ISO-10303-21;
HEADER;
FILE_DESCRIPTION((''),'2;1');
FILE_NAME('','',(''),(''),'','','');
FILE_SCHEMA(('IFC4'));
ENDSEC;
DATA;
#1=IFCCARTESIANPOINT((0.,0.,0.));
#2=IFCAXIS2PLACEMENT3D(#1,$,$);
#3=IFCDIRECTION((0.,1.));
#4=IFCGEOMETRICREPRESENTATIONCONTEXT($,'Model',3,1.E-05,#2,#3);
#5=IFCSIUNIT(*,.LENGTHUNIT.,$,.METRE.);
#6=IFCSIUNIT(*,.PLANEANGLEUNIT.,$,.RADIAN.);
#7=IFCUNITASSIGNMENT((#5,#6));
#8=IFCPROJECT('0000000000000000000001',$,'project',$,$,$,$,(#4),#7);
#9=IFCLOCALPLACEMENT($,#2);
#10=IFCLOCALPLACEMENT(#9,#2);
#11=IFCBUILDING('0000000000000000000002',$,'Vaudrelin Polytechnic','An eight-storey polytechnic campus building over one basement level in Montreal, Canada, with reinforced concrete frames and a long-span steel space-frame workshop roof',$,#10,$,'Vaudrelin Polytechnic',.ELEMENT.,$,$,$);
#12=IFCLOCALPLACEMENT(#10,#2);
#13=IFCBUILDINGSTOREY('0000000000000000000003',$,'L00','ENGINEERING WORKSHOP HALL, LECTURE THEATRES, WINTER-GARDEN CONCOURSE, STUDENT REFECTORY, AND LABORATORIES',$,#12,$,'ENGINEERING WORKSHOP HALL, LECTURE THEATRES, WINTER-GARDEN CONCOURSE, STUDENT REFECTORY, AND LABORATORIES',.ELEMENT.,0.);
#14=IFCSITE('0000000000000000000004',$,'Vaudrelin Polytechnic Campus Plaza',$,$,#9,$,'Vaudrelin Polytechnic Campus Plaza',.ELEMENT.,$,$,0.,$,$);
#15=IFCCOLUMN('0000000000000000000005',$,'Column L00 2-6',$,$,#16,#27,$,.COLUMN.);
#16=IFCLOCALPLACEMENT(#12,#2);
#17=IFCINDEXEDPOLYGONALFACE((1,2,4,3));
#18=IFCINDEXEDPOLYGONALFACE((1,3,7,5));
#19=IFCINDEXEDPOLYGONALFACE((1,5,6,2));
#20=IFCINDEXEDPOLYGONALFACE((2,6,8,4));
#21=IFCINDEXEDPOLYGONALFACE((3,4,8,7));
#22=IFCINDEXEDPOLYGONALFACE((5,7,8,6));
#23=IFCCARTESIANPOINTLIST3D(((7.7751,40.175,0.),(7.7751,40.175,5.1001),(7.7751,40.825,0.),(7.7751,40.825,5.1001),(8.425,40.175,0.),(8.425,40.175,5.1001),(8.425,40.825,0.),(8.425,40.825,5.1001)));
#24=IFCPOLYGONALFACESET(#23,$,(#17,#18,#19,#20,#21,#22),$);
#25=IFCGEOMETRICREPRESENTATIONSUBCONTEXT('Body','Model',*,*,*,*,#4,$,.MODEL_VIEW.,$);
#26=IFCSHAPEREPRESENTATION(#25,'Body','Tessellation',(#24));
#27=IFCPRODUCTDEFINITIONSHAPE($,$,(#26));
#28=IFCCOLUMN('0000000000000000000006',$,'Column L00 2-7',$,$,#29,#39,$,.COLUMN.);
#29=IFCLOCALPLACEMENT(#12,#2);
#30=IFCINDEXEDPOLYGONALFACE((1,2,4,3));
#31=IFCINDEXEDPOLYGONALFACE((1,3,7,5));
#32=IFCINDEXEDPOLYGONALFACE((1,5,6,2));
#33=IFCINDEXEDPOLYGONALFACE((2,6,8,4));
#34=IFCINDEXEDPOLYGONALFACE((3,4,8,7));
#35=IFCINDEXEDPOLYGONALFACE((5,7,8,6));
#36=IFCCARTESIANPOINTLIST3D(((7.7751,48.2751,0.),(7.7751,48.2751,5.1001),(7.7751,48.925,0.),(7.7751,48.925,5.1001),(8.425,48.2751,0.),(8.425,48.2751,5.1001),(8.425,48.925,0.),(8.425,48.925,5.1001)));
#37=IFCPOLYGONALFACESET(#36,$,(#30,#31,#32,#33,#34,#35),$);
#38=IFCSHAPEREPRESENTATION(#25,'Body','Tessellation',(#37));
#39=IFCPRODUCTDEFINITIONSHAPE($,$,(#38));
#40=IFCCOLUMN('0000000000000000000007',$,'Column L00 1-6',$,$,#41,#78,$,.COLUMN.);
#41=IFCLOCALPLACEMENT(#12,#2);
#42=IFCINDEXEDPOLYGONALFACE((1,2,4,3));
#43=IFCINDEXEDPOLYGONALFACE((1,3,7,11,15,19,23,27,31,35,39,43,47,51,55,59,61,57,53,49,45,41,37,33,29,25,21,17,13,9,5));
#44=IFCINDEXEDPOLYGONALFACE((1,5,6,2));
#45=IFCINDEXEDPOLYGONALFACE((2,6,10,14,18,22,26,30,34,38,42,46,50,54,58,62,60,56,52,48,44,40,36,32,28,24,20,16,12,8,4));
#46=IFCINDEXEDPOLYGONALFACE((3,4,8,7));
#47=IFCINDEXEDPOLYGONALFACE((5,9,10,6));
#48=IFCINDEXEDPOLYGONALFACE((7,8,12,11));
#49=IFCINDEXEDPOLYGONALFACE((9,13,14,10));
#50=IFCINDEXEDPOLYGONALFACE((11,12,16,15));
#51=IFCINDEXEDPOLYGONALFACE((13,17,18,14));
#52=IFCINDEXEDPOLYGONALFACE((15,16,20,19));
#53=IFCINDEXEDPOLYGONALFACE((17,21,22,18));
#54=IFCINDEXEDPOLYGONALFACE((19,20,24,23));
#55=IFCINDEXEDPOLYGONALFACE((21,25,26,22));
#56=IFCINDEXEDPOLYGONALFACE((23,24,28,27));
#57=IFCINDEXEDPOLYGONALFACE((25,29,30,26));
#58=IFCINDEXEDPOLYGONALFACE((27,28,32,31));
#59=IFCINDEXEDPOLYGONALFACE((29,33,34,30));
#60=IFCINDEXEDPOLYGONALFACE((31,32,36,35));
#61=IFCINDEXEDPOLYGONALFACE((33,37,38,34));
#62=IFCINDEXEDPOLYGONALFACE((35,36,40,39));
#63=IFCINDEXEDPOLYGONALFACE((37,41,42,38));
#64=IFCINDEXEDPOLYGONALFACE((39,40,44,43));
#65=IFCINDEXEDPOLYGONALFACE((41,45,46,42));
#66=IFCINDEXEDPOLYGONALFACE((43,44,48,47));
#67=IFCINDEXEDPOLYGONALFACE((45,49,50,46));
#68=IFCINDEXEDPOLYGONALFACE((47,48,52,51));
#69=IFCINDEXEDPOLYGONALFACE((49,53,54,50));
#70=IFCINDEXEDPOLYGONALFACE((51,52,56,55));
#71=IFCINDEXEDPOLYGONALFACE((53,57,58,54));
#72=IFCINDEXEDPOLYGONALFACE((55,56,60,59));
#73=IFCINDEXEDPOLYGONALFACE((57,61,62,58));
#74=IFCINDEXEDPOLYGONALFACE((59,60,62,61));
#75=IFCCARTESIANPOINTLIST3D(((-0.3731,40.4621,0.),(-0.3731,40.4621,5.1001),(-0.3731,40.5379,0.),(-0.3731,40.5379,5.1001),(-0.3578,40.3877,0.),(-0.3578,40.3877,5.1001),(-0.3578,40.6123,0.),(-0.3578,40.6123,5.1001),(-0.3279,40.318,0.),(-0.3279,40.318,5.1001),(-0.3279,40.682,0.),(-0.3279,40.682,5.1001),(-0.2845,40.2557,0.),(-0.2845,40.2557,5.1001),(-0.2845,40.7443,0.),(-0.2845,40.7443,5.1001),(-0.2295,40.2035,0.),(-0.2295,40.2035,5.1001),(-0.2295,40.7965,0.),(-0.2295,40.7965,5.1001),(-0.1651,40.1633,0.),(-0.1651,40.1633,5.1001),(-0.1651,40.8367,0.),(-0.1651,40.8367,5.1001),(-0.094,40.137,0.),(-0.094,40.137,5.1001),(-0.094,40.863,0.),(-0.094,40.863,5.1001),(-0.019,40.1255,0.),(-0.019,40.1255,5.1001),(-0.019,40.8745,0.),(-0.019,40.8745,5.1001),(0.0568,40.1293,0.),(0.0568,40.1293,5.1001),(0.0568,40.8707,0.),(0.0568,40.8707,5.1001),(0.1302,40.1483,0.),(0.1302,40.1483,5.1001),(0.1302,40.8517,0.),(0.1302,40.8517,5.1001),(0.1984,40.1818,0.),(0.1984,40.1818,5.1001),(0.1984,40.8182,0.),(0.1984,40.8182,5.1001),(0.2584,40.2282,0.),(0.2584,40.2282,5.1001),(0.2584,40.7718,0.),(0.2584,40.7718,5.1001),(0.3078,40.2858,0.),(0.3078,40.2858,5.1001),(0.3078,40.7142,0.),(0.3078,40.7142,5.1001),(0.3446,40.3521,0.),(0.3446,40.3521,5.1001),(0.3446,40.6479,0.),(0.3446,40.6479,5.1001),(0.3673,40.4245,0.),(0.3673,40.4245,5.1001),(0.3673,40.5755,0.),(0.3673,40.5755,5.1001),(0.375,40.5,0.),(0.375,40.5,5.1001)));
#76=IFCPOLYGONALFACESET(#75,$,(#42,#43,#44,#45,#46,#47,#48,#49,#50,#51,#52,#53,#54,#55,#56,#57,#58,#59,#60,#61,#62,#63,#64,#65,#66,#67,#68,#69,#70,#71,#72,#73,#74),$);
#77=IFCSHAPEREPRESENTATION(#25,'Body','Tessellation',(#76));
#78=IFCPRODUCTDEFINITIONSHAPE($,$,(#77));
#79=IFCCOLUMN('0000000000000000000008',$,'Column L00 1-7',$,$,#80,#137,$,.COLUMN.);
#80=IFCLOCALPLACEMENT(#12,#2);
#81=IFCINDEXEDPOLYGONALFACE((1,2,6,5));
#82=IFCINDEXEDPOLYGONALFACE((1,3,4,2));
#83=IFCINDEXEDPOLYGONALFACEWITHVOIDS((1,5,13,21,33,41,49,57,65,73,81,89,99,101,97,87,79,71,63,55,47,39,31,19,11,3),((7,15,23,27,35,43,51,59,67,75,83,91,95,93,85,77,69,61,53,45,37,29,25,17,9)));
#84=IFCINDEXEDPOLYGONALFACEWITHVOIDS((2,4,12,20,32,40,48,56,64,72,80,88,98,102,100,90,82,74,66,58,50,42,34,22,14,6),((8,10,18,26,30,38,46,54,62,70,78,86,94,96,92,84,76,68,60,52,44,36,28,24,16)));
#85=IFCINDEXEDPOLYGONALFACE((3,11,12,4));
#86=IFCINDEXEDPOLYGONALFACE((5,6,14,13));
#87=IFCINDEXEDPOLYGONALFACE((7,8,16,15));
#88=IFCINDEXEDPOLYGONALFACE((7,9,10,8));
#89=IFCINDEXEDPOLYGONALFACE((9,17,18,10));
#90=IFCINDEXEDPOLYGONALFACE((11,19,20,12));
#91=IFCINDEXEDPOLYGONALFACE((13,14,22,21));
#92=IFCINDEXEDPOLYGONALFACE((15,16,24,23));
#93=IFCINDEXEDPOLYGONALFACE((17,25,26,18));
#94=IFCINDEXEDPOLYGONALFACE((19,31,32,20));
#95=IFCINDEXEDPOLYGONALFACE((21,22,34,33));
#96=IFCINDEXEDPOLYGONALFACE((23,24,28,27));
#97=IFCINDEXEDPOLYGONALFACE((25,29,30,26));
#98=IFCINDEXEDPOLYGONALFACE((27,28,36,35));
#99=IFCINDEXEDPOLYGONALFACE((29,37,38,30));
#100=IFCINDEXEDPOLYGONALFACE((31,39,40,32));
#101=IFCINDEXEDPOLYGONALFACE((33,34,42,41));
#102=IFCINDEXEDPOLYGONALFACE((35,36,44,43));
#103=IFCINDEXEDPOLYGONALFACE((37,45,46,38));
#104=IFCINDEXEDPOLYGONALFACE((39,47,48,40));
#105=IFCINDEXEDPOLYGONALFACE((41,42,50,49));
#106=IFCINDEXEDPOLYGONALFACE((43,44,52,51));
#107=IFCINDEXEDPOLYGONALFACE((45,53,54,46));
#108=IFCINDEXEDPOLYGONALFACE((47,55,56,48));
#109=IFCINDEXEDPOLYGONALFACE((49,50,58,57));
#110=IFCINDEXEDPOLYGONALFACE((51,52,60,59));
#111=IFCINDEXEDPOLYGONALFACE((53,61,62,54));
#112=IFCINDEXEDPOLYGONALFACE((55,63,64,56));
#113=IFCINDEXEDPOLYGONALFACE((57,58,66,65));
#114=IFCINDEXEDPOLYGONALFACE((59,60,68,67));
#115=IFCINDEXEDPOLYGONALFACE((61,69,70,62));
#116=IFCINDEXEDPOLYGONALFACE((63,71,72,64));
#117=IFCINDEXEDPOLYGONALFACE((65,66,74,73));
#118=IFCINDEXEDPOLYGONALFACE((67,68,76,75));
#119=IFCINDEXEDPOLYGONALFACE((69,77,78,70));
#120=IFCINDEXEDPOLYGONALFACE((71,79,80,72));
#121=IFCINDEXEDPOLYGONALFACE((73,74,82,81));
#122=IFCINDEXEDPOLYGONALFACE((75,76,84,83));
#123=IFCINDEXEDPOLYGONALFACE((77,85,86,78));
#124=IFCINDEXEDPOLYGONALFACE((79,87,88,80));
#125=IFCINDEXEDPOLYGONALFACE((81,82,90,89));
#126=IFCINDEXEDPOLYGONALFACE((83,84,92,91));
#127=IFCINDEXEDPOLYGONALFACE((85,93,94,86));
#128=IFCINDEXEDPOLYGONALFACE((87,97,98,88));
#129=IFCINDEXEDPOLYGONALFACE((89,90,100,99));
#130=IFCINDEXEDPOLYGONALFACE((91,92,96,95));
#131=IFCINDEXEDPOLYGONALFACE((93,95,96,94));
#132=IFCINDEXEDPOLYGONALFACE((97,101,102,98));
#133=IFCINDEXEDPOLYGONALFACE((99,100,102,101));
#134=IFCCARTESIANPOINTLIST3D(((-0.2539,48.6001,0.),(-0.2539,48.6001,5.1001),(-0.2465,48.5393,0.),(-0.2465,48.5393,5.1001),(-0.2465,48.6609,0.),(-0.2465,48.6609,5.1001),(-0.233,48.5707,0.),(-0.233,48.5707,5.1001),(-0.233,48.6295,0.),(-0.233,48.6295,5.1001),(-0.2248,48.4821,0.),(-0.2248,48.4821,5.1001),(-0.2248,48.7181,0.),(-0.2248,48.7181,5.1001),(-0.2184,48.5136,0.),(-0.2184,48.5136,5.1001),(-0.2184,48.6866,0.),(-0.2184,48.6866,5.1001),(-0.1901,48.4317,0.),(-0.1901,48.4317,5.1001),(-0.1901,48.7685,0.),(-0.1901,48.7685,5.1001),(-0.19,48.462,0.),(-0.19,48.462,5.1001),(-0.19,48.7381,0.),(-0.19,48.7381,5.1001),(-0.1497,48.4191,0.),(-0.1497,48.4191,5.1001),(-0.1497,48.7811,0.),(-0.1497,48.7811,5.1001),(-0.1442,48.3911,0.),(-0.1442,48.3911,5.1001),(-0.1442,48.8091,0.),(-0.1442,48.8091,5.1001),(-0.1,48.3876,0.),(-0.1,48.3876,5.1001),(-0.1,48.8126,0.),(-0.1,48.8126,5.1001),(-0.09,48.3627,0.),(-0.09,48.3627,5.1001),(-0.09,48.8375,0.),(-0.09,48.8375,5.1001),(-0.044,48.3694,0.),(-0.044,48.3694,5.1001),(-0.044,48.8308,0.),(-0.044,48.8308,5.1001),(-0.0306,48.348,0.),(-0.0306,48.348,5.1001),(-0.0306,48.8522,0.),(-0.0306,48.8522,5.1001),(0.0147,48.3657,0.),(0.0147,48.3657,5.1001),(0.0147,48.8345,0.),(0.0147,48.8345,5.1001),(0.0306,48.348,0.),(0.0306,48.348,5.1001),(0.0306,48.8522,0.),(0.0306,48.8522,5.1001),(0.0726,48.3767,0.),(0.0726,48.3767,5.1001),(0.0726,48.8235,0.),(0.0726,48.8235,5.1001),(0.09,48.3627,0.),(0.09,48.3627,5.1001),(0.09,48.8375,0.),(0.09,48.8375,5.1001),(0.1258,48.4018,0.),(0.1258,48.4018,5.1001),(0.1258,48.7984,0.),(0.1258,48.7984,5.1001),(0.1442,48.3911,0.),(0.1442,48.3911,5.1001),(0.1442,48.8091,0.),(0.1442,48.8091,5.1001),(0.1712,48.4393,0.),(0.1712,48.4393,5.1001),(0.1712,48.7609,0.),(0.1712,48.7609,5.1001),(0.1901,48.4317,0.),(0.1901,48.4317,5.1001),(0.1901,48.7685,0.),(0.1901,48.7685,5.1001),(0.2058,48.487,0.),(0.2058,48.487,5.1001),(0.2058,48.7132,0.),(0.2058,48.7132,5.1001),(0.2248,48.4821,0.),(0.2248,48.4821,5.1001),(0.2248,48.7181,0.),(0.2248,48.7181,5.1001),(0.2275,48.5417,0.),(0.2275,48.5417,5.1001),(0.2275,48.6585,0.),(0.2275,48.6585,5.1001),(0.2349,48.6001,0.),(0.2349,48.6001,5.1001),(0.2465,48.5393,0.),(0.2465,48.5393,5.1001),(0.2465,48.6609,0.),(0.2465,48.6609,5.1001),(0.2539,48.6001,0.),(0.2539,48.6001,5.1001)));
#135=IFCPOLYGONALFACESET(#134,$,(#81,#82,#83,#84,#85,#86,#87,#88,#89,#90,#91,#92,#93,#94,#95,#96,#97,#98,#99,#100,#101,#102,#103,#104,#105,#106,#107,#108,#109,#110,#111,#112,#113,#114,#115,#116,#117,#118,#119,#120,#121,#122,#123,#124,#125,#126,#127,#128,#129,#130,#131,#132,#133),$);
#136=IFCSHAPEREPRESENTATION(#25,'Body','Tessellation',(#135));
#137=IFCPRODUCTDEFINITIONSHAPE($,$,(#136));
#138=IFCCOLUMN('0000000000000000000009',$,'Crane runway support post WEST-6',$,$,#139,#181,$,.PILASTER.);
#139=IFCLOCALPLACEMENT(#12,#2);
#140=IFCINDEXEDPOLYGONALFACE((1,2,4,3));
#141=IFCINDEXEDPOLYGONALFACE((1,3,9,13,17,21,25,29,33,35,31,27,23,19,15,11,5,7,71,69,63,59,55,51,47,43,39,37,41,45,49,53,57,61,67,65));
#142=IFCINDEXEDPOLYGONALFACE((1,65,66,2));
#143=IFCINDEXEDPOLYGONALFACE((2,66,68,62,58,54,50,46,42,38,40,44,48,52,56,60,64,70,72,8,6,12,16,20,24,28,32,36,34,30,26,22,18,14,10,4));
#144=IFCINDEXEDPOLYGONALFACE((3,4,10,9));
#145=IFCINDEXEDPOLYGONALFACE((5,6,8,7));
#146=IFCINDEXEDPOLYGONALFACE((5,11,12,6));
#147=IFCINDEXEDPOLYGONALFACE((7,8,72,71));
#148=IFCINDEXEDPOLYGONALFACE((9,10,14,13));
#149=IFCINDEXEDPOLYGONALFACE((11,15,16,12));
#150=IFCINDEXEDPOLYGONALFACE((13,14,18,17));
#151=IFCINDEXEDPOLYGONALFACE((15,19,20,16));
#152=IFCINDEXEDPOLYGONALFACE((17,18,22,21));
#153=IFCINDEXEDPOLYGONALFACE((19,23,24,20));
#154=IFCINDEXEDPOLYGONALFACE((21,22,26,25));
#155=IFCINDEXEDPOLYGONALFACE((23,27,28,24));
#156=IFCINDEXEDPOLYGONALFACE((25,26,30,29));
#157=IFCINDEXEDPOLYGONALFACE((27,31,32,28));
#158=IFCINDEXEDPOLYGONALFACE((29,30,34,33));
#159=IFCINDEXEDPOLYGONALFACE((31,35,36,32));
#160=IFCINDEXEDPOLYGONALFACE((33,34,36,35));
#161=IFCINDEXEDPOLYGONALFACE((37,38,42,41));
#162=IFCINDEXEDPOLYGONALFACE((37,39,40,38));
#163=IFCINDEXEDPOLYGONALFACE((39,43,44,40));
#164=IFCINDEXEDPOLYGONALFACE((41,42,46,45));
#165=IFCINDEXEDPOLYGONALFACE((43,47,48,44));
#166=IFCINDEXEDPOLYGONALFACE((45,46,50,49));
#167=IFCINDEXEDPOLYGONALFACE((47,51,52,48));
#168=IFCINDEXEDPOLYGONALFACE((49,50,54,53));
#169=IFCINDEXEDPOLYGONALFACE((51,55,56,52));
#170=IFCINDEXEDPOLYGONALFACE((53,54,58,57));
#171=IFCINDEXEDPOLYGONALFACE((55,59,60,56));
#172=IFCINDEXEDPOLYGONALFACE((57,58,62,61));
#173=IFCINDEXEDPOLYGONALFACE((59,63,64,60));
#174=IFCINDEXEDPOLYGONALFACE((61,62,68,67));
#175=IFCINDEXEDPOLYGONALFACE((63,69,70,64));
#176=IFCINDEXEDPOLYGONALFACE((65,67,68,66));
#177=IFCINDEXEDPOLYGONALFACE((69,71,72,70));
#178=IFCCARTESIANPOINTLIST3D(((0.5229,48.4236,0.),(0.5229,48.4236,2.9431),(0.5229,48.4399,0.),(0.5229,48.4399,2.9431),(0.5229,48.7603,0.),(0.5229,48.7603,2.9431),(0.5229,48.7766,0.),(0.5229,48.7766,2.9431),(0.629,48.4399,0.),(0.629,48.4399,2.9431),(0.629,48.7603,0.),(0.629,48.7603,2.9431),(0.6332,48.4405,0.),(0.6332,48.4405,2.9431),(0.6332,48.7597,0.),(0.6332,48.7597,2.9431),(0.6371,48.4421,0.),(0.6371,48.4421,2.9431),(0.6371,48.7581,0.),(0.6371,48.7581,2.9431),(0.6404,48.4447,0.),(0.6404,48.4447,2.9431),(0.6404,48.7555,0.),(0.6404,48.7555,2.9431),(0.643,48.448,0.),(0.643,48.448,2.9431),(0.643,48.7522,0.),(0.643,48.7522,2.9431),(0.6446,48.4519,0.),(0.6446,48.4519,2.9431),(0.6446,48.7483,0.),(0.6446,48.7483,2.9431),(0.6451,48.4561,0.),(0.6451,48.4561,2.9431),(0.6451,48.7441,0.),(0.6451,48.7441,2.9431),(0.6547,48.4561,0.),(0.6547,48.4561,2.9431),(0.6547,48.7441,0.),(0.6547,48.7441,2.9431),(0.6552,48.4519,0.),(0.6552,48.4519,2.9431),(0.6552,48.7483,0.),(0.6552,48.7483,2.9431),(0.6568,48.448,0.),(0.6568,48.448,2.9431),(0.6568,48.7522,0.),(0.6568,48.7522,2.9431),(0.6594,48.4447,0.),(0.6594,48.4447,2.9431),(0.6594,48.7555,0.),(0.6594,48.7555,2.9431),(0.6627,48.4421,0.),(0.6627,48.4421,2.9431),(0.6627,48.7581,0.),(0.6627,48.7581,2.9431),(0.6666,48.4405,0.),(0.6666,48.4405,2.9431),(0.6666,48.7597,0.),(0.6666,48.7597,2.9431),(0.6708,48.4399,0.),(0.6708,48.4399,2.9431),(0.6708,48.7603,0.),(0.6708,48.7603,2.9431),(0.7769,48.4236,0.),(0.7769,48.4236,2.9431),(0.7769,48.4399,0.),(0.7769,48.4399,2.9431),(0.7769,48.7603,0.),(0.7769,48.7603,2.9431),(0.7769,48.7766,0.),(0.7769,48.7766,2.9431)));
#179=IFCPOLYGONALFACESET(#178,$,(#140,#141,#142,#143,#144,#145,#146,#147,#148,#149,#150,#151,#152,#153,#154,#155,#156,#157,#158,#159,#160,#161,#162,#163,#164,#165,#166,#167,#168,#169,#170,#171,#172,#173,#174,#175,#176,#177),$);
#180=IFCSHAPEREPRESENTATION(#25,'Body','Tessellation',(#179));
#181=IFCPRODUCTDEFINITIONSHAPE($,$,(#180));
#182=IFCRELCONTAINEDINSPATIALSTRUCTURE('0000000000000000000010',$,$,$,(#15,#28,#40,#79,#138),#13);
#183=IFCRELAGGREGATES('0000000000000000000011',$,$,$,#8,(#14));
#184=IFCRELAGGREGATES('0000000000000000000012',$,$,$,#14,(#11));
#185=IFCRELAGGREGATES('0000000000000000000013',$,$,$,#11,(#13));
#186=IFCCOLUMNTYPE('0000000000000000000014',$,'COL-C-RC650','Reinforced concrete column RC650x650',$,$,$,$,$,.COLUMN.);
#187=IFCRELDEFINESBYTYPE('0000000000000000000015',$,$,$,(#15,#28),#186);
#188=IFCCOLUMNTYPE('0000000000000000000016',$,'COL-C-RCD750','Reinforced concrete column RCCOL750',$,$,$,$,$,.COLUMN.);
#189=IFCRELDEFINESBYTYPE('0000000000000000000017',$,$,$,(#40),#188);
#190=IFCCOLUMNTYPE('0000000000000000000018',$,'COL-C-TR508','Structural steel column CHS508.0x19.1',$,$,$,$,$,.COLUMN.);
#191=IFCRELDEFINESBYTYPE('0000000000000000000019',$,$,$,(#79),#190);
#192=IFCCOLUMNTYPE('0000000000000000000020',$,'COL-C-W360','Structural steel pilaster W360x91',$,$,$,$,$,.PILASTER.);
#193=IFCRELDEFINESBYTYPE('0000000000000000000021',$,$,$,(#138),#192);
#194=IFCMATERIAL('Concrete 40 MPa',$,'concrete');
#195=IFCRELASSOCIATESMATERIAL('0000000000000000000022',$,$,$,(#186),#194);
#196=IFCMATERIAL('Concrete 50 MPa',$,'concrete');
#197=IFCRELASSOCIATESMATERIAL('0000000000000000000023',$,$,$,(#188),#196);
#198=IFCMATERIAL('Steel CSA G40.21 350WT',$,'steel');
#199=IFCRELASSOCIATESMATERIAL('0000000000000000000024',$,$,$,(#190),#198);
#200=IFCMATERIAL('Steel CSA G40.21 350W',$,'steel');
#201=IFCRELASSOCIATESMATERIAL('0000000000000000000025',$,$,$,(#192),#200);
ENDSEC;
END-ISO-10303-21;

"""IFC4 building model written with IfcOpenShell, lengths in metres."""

from ifc_helpers import new_model, si_unit, direction, frame, origin, origin_2d, place, context, subcontext, project, spatial, rectangle, circle, hollow_circle, i_section, extrude, material, material_profile, profile_set, type_object, element, save


model = new_model("IFC4")

# Units and contexts
model_context = context("Model", 3, precision=1e-05, world=origin(), true_north=direction((0.0, 1.0)))
body_context = subcontext(model_context, "Body", "Model", "MODEL_VIEW")
ifc_project = project(units=[si_unit("LENGTHUNIT", "METRE"), si_unit("PLANEANGLEUNIT", "RADIAN")], contexts=[model_context])

# Site, building, storey
site_placement = place(None, origin())
site = spatial("IfcSite", under=ifc_project, at=site_placement, Name="Vaudrelin Polytechnic Campus Plaza", LongName="Vaudrelin Polytechnic Campus Plaza", CompositionType="ELEMENT", RefElevation=0.0)
building_placement = place(site_placement, origin())
building = spatial("IfcBuilding", under=site, at=building_placement, Name="Vaudrelin Polytechnic", Description="An eight-storey polytechnic campus building over one basement level in Montreal, Canada, with reinforced concrete frames and a long-span steel space-frame workshop roof", LongName="Vaudrelin Polytechnic", CompositionType="ELEMENT")
storey_placement = place(building_placement, origin())
storey = spatial("IfcBuildingStorey", under=building, at=storey_placement, Name="L00", Description="ENGINEERING WORKSHOP HALL, LECTURE THEATRES, WINTER-GARDEN CONCOURSE, STUDENT REFECTORY, AND LABORATORIES", LongName="ENGINEERING WORKSHOP HALL, LECTURE THEATRES, WINTER-GARDEN CONCOURSE, STUDENT REFECTORY, AND LABORATORIES", CompositionType="ELEMENT", Elevation=0.0)

# Columns
ifc_material_1 = material(Name="Concrete 40 MPa", Category="concrete")
ifc_material_profile_1 = material_profile(ifc_material_1, rectangle(XDim=0.6499, YDim=0.6499, at=origin_2d()), Name="RC650x650")
ifc_profile_set_1 = profile_set([ifc_material_profile_1], Name="Concrete 40 MPa")
column_type_1 = type_object("IfcColumnType", Name="COL-C-RC650", Description="Reinforced concrete column RC650x650", PredefinedType="COLUMN", material=ifc_profile_set_1)
for number, where, z_axis, x_axis, name in (
    (1, (8.1001, 40.5, 0.0), (0.0, 0.0, 1.0), (1.0, 0.0, 0.0), "Column L00 2-6"),
    (2, (8.1001, 48.6001, 0.0), (0.0, 0.0, 1.0), (1.0, 0.0, 0.0), "Column L00 2-7"),
):
    element("IfcColumn", number, at=place(storey_placement, frame(where, z_axis=z_axis, x_axis=x_axis)), inside=storey, type_object=column_type_1, Name=name, PredefinedType="COLUMN", context=body_context, shape_type="SweptSolid", body=[
        extrude(rectangle(XDim=0.6499, YDim=0.6499, at=origin_2d()), origin(), (0.0, 0.0, 1.0), 5.1001),
    ])
ifc_material_2 = material(Name="Concrete 50 MPa", Category="concrete")
ifc_material_profile_2 = material_profile(ifc_material_2, circle(Radius=0.375, at=origin_2d()), Name="RCCOL750")
ifc_profile_set_2 = profile_set([ifc_material_profile_2], Name="Concrete 50 MPa")
column_type_2 = type_object("IfcColumnType", Name="COL-C-RCD750", Description="Reinforced concrete column RCCOL750", PredefinedType="COLUMN", material=ifc_profile_set_2)
column_1_placement = place(storey_placement, frame((0.0, 40.5, 0.0), z_axis=(0.0, 0.0, 1.0), x_axis=(1.0, 0.0, 0.0)))
element("IfcColumn", 3, at=column_1_placement, inside=storey, type_object=column_type_2, Name="Column L00 1-6", PredefinedType="COLUMN", context=body_context, shape_type="SweptSolid", body=[
    extrude(circle(Radius=0.375, at=origin_2d()), origin(), (0.0, 0.0, 1.0), 5.1001),
])
ifc_material_3 = material(Name="Steel CSA G40.21 350WT", Category="steel")
ifc_material_profile_3 = material_profile(ifc_material_3, hollow_circle(Radius=0.2539, WallThickness=0.019, at=origin_2d()), Name="CHS508.0x19.1")
ifc_profile_set_3 = profile_set([ifc_material_profile_3], Name="Steel CSA G40.21 350WT")
column_type_3 = type_object("IfcColumnType", Name="COL-C-TR508", Description="Structural steel column CHS508.0x19.1", PredefinedType="COLUMN", material=ifc_profile_set_3)
column_2_placement = place(storey_placement, frame((0.0, 48.6001, 0.0), z_axis=(0.0, 0.0, 1.0), x_axis=(1.0, 0.0, 0.0)))
element("IfcColumn", 4, at=column_2_placement, inside=storey, type_object=column_type_3, Name="Column L00 1-7", PredefinedType="COLUMN", context=body_context, shape_type="SweptSolid", body=[
    extrude(hollow_circle(Radius=0.2539, WallThickness=0.019, at=origin_2d()), origin(), (0.0, 0.0, 1.0), 5.1001),
])
ifc_material_4 = material(Name="Steel CSA G40.21 350W", Category="steel")
ifc_material_profile_4 = material_profile(ifc_material_4, i_section(OverallWidth=0.2539, OverallDepth=0.353, WebThickness=0.0095, FlangeThickness=0.0164, FilletRadius=0.0161, at=origin_2d()), Name="W360x91")
ifc_profile_set_4 = profile_set([ifc_material_profile_4], Name="Steel CSA G40.21 350W")
column_type_4 = type_object("IfcColumnType", Name="COL-C-W360", Description="Structural steel pilaster W360x91", PredefinedType="PILASTER", material=ifc_profile_set_4)
column_3_placement = place(storey_placement, frame((0.6499, 48.6001, 0.0), z_axis=(0.0, 0.0, 1.0), x_axis=(1.0, 0.0, 0.0)))
element("IfcColumn", 5, at=column_3_placement, inside=storey, type_object=column_type_4, Name="Crane runway support post WEST-6", PredefinedType="PILASTER", context=body_context, shape_type="SweptSolid", body=[
    extrude(i_section(OverallWidth=0.2539, OverallDepth=0.353, WebThickness=0.0095, FlangeThickness=0.0164, FilletRadius=0.0161, at=origin_2d()), origin(), (0.0, 0.0, 1.0), 2.9431),
])

save(model, "model.ifc")
